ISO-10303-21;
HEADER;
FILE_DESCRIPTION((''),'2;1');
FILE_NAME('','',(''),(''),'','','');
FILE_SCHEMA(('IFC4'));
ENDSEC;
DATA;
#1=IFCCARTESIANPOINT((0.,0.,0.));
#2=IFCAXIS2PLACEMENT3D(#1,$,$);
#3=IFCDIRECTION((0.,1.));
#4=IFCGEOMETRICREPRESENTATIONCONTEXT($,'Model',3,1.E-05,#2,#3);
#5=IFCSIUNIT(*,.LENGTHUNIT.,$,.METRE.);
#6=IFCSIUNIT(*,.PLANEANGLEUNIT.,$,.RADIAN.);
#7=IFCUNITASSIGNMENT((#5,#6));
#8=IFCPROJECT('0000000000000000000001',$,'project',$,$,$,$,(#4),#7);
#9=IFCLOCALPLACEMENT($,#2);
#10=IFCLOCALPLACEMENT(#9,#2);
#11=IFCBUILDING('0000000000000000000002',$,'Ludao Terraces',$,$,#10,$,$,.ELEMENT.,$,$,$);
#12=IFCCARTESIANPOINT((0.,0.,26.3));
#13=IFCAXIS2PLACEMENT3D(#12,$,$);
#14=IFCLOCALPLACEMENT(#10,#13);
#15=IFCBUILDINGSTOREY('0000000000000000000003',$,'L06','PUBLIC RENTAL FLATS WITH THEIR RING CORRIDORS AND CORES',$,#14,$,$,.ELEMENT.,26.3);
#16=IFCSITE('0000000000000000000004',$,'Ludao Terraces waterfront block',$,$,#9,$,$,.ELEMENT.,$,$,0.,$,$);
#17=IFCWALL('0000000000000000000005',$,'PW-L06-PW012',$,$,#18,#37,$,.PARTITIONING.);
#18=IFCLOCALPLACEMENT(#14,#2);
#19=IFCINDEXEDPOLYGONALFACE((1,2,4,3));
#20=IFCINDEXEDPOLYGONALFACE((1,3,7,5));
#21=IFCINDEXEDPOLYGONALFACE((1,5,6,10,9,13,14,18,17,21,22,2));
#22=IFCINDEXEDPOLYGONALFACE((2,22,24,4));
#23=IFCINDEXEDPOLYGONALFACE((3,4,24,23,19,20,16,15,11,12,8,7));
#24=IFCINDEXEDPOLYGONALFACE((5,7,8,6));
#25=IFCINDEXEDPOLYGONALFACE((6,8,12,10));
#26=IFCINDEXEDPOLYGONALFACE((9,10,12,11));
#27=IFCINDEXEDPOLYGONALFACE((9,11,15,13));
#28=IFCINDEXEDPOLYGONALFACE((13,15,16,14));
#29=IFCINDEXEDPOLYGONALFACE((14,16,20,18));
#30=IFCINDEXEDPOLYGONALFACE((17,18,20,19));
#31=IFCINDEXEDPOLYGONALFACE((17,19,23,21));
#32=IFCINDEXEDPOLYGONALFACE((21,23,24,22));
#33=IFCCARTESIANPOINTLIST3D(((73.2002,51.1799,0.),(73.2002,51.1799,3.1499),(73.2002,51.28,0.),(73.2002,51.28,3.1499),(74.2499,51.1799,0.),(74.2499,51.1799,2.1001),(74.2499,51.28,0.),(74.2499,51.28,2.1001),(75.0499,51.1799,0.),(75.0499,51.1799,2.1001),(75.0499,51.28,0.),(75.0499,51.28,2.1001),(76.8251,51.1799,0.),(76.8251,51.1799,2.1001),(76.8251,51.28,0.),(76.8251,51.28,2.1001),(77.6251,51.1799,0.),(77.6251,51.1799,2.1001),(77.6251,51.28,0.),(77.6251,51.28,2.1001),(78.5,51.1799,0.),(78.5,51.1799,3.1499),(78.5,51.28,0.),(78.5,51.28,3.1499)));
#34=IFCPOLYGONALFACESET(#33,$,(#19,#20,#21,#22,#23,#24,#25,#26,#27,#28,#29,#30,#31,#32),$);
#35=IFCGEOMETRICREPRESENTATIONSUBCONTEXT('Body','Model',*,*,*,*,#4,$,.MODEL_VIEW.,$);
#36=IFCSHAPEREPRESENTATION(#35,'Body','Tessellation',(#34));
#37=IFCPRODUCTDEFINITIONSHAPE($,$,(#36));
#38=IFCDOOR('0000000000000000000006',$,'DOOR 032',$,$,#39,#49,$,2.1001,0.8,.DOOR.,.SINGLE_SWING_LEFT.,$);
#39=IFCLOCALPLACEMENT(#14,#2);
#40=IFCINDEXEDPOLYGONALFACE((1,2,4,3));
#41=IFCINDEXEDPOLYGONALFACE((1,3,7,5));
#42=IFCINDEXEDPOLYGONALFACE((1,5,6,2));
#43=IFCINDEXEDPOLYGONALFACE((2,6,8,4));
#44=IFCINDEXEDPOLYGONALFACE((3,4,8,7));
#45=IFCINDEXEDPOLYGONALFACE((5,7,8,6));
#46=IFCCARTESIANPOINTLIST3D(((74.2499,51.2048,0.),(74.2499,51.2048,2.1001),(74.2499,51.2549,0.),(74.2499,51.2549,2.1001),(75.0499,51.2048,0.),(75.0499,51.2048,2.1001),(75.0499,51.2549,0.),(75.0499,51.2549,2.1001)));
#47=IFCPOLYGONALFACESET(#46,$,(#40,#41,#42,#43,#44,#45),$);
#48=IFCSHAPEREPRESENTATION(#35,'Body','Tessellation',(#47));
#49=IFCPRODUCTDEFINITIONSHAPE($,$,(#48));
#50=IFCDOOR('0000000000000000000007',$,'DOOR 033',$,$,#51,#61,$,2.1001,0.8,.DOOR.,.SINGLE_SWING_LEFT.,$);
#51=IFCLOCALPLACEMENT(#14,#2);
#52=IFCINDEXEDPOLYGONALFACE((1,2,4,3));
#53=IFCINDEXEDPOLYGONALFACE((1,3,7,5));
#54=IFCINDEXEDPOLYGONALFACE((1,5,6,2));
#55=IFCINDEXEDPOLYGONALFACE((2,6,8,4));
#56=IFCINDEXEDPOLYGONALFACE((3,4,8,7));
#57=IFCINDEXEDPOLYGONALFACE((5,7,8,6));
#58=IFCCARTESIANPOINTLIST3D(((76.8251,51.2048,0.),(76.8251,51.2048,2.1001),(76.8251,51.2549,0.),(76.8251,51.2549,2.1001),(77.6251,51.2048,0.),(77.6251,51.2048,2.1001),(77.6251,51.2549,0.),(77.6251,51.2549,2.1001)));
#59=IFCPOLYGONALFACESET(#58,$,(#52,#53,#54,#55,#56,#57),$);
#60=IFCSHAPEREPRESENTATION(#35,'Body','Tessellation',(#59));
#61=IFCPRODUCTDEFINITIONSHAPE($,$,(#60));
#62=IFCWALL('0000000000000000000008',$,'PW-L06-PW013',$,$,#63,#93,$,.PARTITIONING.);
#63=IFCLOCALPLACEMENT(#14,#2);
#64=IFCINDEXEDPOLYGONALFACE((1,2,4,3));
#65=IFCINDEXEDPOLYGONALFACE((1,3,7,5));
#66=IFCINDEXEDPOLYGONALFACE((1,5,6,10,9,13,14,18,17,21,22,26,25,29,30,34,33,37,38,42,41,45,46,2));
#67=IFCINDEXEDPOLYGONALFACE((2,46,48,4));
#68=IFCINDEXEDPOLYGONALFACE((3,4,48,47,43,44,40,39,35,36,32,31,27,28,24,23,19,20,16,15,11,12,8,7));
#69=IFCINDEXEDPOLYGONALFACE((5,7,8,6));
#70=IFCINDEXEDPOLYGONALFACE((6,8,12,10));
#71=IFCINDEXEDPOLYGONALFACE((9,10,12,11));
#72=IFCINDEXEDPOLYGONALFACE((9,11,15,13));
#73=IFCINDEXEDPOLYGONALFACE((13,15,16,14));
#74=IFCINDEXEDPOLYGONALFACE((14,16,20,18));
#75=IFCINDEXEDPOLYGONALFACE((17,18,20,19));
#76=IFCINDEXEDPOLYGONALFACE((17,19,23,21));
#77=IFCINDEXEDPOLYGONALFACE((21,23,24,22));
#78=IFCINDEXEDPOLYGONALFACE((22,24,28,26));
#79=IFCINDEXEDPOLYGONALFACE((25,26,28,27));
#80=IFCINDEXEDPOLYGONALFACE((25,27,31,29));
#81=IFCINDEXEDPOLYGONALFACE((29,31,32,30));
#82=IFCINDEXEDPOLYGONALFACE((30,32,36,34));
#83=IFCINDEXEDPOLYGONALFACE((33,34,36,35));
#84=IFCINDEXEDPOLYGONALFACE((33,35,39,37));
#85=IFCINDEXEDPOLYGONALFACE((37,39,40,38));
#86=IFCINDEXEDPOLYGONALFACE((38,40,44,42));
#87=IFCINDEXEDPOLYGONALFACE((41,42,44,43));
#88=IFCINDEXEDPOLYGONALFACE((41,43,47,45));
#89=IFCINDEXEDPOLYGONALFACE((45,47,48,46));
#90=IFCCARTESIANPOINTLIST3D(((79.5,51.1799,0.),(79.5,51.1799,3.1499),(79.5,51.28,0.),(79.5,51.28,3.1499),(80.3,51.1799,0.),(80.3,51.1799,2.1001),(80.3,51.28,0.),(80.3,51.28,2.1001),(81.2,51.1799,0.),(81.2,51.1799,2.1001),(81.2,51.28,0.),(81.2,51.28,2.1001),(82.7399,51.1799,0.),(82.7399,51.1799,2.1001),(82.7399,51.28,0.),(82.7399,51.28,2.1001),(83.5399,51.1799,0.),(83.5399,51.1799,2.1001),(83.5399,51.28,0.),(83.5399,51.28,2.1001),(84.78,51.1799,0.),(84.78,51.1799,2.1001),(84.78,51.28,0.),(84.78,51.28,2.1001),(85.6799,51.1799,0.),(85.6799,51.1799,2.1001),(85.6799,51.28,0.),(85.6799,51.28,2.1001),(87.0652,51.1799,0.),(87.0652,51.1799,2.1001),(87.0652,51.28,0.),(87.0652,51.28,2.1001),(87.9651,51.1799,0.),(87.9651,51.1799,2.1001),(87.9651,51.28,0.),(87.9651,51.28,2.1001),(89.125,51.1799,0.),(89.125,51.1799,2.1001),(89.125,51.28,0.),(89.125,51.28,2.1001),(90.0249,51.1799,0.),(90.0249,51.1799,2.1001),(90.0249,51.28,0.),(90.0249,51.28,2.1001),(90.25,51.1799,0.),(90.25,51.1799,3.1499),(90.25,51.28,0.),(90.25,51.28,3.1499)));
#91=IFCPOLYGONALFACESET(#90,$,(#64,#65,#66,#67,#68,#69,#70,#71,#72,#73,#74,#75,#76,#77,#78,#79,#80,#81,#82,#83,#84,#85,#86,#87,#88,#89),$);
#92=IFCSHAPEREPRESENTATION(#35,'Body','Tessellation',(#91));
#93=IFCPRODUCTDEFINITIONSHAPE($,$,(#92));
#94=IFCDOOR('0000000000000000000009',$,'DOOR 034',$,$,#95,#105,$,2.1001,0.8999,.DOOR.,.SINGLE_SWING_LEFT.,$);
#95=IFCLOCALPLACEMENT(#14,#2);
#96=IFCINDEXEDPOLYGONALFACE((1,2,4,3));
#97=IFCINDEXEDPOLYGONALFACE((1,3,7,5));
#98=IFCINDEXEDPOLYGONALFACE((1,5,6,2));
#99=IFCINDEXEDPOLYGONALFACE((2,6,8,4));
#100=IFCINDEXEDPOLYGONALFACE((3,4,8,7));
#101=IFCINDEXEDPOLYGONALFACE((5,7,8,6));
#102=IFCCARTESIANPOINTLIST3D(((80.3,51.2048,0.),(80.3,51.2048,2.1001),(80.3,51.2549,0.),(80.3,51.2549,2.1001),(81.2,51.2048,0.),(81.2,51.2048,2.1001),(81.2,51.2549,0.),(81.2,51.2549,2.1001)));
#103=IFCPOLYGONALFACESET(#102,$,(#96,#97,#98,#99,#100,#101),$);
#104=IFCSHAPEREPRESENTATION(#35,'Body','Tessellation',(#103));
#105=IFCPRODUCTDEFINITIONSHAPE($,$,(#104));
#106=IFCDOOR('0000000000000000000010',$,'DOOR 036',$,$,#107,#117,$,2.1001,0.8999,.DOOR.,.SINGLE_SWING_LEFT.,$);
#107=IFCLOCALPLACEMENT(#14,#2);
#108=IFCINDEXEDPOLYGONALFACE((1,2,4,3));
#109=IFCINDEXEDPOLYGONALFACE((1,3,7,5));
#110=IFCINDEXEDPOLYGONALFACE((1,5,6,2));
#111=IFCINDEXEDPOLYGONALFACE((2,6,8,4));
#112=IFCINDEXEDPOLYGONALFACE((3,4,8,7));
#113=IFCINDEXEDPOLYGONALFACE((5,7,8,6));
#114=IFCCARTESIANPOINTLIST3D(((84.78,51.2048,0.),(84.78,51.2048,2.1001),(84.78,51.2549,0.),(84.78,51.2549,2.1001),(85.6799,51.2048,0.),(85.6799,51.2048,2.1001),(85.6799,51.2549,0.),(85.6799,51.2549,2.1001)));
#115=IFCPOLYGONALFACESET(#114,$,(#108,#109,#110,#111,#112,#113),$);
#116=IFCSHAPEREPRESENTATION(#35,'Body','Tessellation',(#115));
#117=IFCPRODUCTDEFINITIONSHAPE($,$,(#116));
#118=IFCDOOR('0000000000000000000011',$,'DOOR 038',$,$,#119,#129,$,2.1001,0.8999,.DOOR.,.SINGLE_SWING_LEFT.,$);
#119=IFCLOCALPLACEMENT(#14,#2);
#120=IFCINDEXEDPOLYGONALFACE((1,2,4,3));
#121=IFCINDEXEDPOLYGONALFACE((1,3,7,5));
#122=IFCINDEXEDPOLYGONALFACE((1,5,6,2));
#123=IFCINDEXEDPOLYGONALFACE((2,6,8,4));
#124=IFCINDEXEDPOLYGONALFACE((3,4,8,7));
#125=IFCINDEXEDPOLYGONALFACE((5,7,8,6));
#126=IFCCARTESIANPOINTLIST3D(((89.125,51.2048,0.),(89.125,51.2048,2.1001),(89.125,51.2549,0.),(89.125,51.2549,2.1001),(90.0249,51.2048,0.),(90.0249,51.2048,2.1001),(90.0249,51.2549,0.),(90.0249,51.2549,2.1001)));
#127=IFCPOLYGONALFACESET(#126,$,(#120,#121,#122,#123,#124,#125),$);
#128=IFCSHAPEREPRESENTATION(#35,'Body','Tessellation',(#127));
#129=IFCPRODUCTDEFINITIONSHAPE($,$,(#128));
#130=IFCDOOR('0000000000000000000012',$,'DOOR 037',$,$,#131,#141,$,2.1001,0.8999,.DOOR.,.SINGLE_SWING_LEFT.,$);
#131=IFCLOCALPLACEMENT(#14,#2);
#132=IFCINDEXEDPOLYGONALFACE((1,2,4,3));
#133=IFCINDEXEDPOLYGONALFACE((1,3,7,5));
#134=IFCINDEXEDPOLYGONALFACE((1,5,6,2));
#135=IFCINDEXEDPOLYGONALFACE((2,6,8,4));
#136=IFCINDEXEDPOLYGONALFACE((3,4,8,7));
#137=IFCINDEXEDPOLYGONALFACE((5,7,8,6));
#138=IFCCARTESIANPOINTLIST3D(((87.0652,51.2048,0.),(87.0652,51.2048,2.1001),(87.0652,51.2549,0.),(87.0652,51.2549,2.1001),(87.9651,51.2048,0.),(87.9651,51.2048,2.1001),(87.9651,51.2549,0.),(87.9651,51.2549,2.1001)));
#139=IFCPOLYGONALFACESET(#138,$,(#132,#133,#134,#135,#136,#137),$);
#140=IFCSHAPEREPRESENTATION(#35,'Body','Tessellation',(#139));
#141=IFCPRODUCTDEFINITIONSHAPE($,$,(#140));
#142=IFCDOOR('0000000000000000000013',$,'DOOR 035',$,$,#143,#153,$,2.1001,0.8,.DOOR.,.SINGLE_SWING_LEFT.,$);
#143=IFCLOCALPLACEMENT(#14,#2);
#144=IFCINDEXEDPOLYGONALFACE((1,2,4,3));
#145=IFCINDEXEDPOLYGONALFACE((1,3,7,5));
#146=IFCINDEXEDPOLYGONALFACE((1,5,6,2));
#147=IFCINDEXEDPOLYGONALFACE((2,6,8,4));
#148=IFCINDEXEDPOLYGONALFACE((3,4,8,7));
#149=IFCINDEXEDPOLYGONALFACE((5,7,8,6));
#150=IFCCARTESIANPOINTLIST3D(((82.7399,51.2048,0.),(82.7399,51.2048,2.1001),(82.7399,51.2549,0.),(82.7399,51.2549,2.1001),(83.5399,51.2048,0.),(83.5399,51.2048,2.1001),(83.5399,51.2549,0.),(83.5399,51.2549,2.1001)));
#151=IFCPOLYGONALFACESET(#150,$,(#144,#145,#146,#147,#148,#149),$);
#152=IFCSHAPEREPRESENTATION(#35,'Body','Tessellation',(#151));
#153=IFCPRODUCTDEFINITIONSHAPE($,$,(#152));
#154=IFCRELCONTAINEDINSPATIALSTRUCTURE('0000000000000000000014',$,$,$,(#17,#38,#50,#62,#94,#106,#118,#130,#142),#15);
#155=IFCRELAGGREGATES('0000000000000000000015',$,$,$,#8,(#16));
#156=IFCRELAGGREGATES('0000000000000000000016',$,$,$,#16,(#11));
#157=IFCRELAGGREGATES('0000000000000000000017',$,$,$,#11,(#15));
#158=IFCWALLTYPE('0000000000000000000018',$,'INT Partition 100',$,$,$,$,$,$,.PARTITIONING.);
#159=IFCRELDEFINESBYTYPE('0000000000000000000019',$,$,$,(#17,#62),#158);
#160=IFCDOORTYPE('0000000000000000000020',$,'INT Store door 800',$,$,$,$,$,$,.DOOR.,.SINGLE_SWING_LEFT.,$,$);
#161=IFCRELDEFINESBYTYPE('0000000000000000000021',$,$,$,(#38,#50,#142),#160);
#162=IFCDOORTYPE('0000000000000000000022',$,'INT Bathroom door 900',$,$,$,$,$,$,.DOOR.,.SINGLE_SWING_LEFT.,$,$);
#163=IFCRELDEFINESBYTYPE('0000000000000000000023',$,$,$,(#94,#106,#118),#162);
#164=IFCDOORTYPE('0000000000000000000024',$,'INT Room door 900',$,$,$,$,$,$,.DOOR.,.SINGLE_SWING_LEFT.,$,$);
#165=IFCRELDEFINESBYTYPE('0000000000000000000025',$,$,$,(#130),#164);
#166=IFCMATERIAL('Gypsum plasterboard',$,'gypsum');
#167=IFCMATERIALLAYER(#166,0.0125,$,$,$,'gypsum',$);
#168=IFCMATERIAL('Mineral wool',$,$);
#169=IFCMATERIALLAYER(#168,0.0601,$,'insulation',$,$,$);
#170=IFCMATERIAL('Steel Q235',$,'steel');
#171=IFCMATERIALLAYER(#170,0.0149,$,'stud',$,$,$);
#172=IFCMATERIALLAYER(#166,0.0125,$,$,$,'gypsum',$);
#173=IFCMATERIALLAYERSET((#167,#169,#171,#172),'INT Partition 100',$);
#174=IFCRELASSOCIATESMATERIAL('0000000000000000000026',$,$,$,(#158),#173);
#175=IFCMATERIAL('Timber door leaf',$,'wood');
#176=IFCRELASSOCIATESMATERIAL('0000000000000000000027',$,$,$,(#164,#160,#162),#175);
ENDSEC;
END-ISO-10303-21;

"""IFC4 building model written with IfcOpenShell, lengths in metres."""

from ifc_helpers import new_model, si_unit, direction, frame, frame_2d, origin, place, context, subcontext, project, spatial, rectangle, extrude, material, layer, layer_set, type_object, element, fill, save


model = new_model("IFC4")

# Units and contexts
model_context = context("Model", 3, precision=1e-05, world=origin(), true_north=direction((0.0, 1.0)))
body_context = subcontext(model_context, "Body", "Model", "MODEL_VIEW")
ifc_project = project(units=[si_unit("LENGTHUNIT", "METRE"), si_unit("PLANEANGLEUNIT", "RADIAN")], contexts=[model_context])

# Site, building, storey
site_placement = place(None, origin())
site = spatial("IfcSite", under=ifc_project, at=site_placement, Name="Ludao Terraces waterfront block", CompositionType="ELEMENT", RefElevation=0.0)
building_placement = place(site_placement, origin())
building = spatial("IfcBuilding", under=site, at=building_placement, Name="Ludao Terraces", CompositionType="ELEMENT")
storey_placement = place(building_placement, frame((0.0, 0.0, 26.3)))
storey = spatial("IfcBuildingStorey", under=building, at=storey_placement, Name="L06", Description="PUBLIC RENTAL FLATS WITH THEIR RING CORRIDORS AND CORES", CompositionType="ELEMENT", Elevation=26.3)

# Walls, openings, doors
ifc_material_1 = material(Name="Gypsum plasterboard", Category="gypsum")
ifc_layer_1 = layer(ifc_material_1, 0.0125, Category="gypsum")
ifc_material_2 = material(Name="Mineral wool")
ifc_layer_2 = layer(ifc_material_2, 0.0601, Name="insulation")
ifc_material_3 = material(Name="Steel Q235", Category="steel")
ifc_layer_3 = layer(ifc_material_3, 0.0149, Name="stud")
ifc_layer_4 = layer(ifc_material_1, 0.0125, Category="gypsum")
ifc_layer_set = layer_set([ifc_layer_1, ifc_layer_2, ifc_layer_3, ifc_layer_4], Name="INT Partition 100")
wall_type = type_object("IfcWallType", Name="INT Partition 100", PredefinedType="PARTITIONING", material=ifc_layer_set)
ifc_material_4 = material(Name="Timber door leaf", Category="wood")
door_type_1 = type_object("IfcDoorType", Name="INT Room door 900", OperationType="SINGLE_SWING_LEFT", PredefinedType="DOOR", material=ifc_material_4)
wall_1_placement = place(storey_placement, frame((73.2002, 51.23, 0.0), z_axis=(0.0, 0.0, 1.0), x_axis=(1.0, 0.0, 0.0)))
wall_1 = element("IfcWall", 1, at=wall_1_placement, inside=storey, type_object=wall_type, Name="PW-L06-PW012", PredefinedType="PARTITIONING", context=body_context, shape_type="SweptSolid", body=[
    extrude(rectangle(XDim=5.2998, YDim=0.1001, at=frame_2d((2.6499, 0.0))), origin(), (0.0, 0.0, 1.0), 3.1499),
])
opening_1_placement = place(wall_1_placement, frame((1.0498, 0.0, 0.0)))
opening_1 = element("IfcOpeningElement", 2, at=opening_1_placement, cuts=wall_1, PredefinedType="OPENING", context=body_context, shape_type="SweptSolid", body=[
    extrude(rectangle(XDim=0.8, YDim=2.1001, at=frame_2d((0.3999, 1.05))), frame((0.0, 0.0601, 0.0), z_axis=(0.0, -1.0, 0.0), x_axis=(1.0, 0.0, 0.0)), (0.0, 0.0, 1.0), 0.1201),
])
opening_2_placement = place(wall_1_placement, frame((3.625, 0.0, 0.0)))
opening_2 = element("IfcOpeningElement", 3, at=opening_2_placement, cuts=wall_1, PredefinedType="OPENING", context=body_context, shape_type="SweptSolid", body=[
    extrude(rectangle(XDim=0.8, YDim=2.1001, at=frame_2d((0.3999, 1.05))), frame((0.0, 0.0601, 0.0), z_axis=(0.0, -1.0, 0.0), x_axis=(1.0, 0.0, 0.0)), (0.0, 0.0, 1.0), 0.1201),
])
door_type_2 = type_object("IfcDoorType", Name="INT Store door 800", OperationType="SINGLE_SWING_LEFT", PredefinedType="DOOR", material=ifc_material_4)
door_1_placement = place(opening_1_placement, origin())
door_1 = element("IfcDoor", 4, at=door_1_placement, inside=storey, type_object=door_type_2, Name="DOOR 032", OperationType="SINGLE_SWING_LEFT", OverallHeight=2.1001, OverallWidth=0.8, PredefinedType="DOOR", context=body_context, shape_type="SweptSolid", body=[
    extrude(rectangle(XDim=0.8, YDim=2.1001, at=frame_2d((0.3999, 1.05))), frame((0.0, 0.0249, 0.0), z_axis=(0.0, -1.0, 0.0), x_axis=(1.0, 0.0, 0.0)), (0.0, 0.0, 1.0), 0.05),
])
fill(opening_1, door_1)
door_2_placement = place(opening_2_placement, origin())
door_2 = element("IfcDoor", 5, at=door_2_placement, inside=storey, type_object=door_type_2, Name="DOOR 033", OperationType="SINGLE_SWING_LEFT", OverallHeight=2.1001, OverallWidth=0.8, PredefinedType="DOOR", context=body_context, shape_type="SweptSolid", body=[
    extrude(rectangle(XDim=0.8, YDim=2.1001, at=frame_2d((0.3999, 1.05))), frame((0.0, 0.0249, 0.0), z_axis=(0.0, -1.0, 0.0), x_axis=(1.0, 0.0, 0.0)), (0.0, 0.0, 1.0), 0.05),
])
fill(opening_2, door_2)
wall_2_placement = place(storey_placement, frame((79.5, 51.23, 0.0), z_axis=(0.0, 0.0, 1.0), x_axis=(1.0, 0.0, 0.0)))
wall_2 = element("IfcWall", 6, at=wall_2_placement, inside=storey, type_object=wall_type, Name="PW-L06-PW013", PredefinedType="PARTITIONING", context=body_context, shape_type="SweptSolid", body=[
    extrude(rectangle(XDim=10.75, YDim=0.1001, at=frame_2d((5.375, 0.0))), origin(), (0.0, 0.0, 1.0), 3.1499),
])
opening_3_placement = place(wall_2_placement, frame((0.8, 0.0, 0.0)))
opening_3 = element("IfcOpeningElement", 7, at=opening_3_placement, cuts=wall_2, PredefinedType="OPENING", context=body_context, shape_type="SweptSolid", body=[
    extrude(rectangle(XDim=0.8999, YDim=2.1001, at=frame_2d((0.45, 1.05))), frame((0.0, 0.0601, 0.0), z_axis=(0.0, -1.0, 0.0), x_axis=(1.0, 0.0, 0.0)), (0.0, 0.0, 1.0), 0.1201),
])
opening_4_placement = place(wall_2_placement, frame((3.24, 0.0, 0.0)))
opening_4 = element("IfcOpeningElement", 8, at=opening_4_placement, cuts=wall_2, PredefinedType="OPENING", context=body_context, shape_type="SweptSolid", body=[
    extrude(rectangle(XDim=0.8, YDim=2.1001, at=frame_2d((0.3999, 1.05))), frame((0.0, 0.0601, 0.0), z_axis=(0.0, -1.0, 0.0), x_axis=(1.0, 0.0, 0.0)), (0.0, 0.0, 1.0), 0.1201),
])
opening_5_placement = place(wall_2_placement, frame((5.28, 0.0, 0.0)))
opening_5 = element("IfcOpeningElement", 9, at=opening_5_placement, cuts=wall_2, PredefinedType="OPENING", context=body_context, shape_type="SweptSolid", body=[
    extrude(rectangle(XDim=0.8999, YDim=2.1001, at=frame_2d((0.45, 1.05))), frame((0.0, 0.0601, 0.0), z_axis=(0.0, -1.0, 0.0), x_axis=(1.0, 0.0, 0.0)), (0.0, 0.0, 1.0), 0.1201),
])
opening_6_placement = place(wall_2_placement, frame((7.5652, 0.0, 0.0)))
opening_6 = element("IfcOpeningElement", 10, at=opening_6_placement, cuts=wall_2, PredefinedType="OPENING", context=body_context, shape_type="SweptSolid", body=[
    extrude(rectangle(XDim=0.8999, YDim=2.1001, at=frame_2d((0.45, 1.05))), frame((0.0, 0.0601, 0.0), z_axis=(0.0, -1.0, 0.0), x_axis=(1.0, 0.0, 0.0)), (0.0, 0.0, 1.0), 0.1201),
])
opening_7_placement = place(wall_2_placement, frame((9.625, 0.0, 0.0)))
opening_7 = element("IfcOpeningElement", 11, at=opening_7_placement, cuts=wall_2, PredefinedType="OPENING", context=body_context, shape_type="SweptSolid", body=[
    extrude(rectangle(XDim=0.8999, YDim=2.1001, at=frame_2d((0.45, 1.05))), frame((0.0, 0.0601, 0.0), z_axis=(0.0, -1.0, 0.0), x_axis=(1.0, 0.0, 0.0)), (0.0, 0.0, 1.0), 0.1201),
])
door_type_3 = type_object("IfcDoorType", Name="INT Bathroom door 900", OperationType="SINGLE_SWING_LEFT", PredefinedType="DOOR", material=ifc_material_4)
door_3_placement = place(opening_3_placement, origin())
door_3 = element("IfcDoor", 12, at=door_3_placement, inside=storey, type_object=door_type_3, Name="DOOR 034", OperationType="SINGLE_SWING_LEFT", OverallHeight=2.1001, OverallWidth=0.8999, PredefinedType="DOOR", context=body_context, shape_type="SweptSolid", body=[
    extrude(rectangle(XDim=0.8999, YDim=2.1001, at=frame_2d((0.45, 1.05))), frame((0.0, 0.0249, 0.0), z_axis=(0.0, -1.0, 0.0), x_axis=(1.0, 0.0, 0.0)), (0.0, 0.0, 1.0), 0.05),
])
fill(opening_3, door_3)
door_4_placement = place(opening_5_placement, origin())
door_4 = element("IfcDoor", 13, at=door_4_placement, inside=storey, type_object=door_type_3, Name="DOOR 036", OperationType="SINGLE_SWING_LEFT", OverallHeight=2.1001, OverallWidth=0.8999, PredefinedType="DOOR", context=body_context, shape_type="SweptSolid", body=[
    extrude(rectangle(XDim=0.8999, YDim=2.1001, at=frame_2d((0.45, 1.05))), frame((0.0, 0.0249, 0.0), z_axis=(0.0, -1.0, 0.0), x_axis=(1.0, 0.0, 0.0)), (0.0, 0.0, 1.0), 0.05),
])
fill(opening_5, door_4)
door_5_placement = place(opening_7_placement, origin())
door_5 = element("IfcDoor", 14, at=door_5_placement, inside=storey, type_object=door_type_3, Name="DOOR 038", OperationType="SINGLE_SWING_LEFT", OverallHeight=2.1001, OverallWidth=0.8999, PredefinedType="DOOR", context=body_context, shape_type="SweptSolid", body=[
    extrude(rectangle(XDim=0.8999, YDim=2.1001, at=frame_2d((0.45, 1.05))), frame((0.0, 0.0249, 0.0), z_axis=(0.0, -1.0, 0.0), x_axis=(1.0, 0.0, 0.0)), (0.0, 0.0, 1.0), 0.05),
])
fill(opening_7, door_5)
door_6_placement = place(opening_6_placement, origin())
door_6 = element("IfcDoor", 15, at=door_6_placement, inside=storey, type_object=door_type_1, Name="DOOR 037", OperationType="SINGLE_SWING_LEFT", OverallHeight=2.1001, OverallWidth=0.8999, PredefinedType="DOOR", context=body_context, shape_type="SweptSolid", body=[
    extrude(rectangle(XDim=0.8999, YDim=2.1001, at=frame_2d((0.45, 1.05))), frame((0.0, 0.0249, 0.0), z_axis=(0.0, -1.0, 0.0), x_axis=(1.0, 0.0, 0.0)), (0.0, 0.0, 1.0), 0.05),
])
fill(opening_6, door_6)
door_7_placement = place(opening_4_placement, origin())
door_7 = element("IfcDoor", 16, at=door_7_placement, inside=storey, type_object=door_type_2, Name="DOOR 035", OperationType="SINGLE_SWING_LEFT", OverallHeight=2.1001, OverallWidth=0.8, PredefinedType="DOOR", context=body_context, shape_type="SweptSolid", body=[
    extrude(rectangle(XDim=0.8, YDim=2.1001, at=frame_2d((0.3999, 1.05))), frame((0.0, 0.0249, 0.0), z_axis=(0.0, -1.0, 0.0), x_axis=(1.0, 0.0, 0.0)), (0.0, 0.0, 1.0), 0.05),
])
fill(opening_4, door_7)

save(model, "model.ifc")
